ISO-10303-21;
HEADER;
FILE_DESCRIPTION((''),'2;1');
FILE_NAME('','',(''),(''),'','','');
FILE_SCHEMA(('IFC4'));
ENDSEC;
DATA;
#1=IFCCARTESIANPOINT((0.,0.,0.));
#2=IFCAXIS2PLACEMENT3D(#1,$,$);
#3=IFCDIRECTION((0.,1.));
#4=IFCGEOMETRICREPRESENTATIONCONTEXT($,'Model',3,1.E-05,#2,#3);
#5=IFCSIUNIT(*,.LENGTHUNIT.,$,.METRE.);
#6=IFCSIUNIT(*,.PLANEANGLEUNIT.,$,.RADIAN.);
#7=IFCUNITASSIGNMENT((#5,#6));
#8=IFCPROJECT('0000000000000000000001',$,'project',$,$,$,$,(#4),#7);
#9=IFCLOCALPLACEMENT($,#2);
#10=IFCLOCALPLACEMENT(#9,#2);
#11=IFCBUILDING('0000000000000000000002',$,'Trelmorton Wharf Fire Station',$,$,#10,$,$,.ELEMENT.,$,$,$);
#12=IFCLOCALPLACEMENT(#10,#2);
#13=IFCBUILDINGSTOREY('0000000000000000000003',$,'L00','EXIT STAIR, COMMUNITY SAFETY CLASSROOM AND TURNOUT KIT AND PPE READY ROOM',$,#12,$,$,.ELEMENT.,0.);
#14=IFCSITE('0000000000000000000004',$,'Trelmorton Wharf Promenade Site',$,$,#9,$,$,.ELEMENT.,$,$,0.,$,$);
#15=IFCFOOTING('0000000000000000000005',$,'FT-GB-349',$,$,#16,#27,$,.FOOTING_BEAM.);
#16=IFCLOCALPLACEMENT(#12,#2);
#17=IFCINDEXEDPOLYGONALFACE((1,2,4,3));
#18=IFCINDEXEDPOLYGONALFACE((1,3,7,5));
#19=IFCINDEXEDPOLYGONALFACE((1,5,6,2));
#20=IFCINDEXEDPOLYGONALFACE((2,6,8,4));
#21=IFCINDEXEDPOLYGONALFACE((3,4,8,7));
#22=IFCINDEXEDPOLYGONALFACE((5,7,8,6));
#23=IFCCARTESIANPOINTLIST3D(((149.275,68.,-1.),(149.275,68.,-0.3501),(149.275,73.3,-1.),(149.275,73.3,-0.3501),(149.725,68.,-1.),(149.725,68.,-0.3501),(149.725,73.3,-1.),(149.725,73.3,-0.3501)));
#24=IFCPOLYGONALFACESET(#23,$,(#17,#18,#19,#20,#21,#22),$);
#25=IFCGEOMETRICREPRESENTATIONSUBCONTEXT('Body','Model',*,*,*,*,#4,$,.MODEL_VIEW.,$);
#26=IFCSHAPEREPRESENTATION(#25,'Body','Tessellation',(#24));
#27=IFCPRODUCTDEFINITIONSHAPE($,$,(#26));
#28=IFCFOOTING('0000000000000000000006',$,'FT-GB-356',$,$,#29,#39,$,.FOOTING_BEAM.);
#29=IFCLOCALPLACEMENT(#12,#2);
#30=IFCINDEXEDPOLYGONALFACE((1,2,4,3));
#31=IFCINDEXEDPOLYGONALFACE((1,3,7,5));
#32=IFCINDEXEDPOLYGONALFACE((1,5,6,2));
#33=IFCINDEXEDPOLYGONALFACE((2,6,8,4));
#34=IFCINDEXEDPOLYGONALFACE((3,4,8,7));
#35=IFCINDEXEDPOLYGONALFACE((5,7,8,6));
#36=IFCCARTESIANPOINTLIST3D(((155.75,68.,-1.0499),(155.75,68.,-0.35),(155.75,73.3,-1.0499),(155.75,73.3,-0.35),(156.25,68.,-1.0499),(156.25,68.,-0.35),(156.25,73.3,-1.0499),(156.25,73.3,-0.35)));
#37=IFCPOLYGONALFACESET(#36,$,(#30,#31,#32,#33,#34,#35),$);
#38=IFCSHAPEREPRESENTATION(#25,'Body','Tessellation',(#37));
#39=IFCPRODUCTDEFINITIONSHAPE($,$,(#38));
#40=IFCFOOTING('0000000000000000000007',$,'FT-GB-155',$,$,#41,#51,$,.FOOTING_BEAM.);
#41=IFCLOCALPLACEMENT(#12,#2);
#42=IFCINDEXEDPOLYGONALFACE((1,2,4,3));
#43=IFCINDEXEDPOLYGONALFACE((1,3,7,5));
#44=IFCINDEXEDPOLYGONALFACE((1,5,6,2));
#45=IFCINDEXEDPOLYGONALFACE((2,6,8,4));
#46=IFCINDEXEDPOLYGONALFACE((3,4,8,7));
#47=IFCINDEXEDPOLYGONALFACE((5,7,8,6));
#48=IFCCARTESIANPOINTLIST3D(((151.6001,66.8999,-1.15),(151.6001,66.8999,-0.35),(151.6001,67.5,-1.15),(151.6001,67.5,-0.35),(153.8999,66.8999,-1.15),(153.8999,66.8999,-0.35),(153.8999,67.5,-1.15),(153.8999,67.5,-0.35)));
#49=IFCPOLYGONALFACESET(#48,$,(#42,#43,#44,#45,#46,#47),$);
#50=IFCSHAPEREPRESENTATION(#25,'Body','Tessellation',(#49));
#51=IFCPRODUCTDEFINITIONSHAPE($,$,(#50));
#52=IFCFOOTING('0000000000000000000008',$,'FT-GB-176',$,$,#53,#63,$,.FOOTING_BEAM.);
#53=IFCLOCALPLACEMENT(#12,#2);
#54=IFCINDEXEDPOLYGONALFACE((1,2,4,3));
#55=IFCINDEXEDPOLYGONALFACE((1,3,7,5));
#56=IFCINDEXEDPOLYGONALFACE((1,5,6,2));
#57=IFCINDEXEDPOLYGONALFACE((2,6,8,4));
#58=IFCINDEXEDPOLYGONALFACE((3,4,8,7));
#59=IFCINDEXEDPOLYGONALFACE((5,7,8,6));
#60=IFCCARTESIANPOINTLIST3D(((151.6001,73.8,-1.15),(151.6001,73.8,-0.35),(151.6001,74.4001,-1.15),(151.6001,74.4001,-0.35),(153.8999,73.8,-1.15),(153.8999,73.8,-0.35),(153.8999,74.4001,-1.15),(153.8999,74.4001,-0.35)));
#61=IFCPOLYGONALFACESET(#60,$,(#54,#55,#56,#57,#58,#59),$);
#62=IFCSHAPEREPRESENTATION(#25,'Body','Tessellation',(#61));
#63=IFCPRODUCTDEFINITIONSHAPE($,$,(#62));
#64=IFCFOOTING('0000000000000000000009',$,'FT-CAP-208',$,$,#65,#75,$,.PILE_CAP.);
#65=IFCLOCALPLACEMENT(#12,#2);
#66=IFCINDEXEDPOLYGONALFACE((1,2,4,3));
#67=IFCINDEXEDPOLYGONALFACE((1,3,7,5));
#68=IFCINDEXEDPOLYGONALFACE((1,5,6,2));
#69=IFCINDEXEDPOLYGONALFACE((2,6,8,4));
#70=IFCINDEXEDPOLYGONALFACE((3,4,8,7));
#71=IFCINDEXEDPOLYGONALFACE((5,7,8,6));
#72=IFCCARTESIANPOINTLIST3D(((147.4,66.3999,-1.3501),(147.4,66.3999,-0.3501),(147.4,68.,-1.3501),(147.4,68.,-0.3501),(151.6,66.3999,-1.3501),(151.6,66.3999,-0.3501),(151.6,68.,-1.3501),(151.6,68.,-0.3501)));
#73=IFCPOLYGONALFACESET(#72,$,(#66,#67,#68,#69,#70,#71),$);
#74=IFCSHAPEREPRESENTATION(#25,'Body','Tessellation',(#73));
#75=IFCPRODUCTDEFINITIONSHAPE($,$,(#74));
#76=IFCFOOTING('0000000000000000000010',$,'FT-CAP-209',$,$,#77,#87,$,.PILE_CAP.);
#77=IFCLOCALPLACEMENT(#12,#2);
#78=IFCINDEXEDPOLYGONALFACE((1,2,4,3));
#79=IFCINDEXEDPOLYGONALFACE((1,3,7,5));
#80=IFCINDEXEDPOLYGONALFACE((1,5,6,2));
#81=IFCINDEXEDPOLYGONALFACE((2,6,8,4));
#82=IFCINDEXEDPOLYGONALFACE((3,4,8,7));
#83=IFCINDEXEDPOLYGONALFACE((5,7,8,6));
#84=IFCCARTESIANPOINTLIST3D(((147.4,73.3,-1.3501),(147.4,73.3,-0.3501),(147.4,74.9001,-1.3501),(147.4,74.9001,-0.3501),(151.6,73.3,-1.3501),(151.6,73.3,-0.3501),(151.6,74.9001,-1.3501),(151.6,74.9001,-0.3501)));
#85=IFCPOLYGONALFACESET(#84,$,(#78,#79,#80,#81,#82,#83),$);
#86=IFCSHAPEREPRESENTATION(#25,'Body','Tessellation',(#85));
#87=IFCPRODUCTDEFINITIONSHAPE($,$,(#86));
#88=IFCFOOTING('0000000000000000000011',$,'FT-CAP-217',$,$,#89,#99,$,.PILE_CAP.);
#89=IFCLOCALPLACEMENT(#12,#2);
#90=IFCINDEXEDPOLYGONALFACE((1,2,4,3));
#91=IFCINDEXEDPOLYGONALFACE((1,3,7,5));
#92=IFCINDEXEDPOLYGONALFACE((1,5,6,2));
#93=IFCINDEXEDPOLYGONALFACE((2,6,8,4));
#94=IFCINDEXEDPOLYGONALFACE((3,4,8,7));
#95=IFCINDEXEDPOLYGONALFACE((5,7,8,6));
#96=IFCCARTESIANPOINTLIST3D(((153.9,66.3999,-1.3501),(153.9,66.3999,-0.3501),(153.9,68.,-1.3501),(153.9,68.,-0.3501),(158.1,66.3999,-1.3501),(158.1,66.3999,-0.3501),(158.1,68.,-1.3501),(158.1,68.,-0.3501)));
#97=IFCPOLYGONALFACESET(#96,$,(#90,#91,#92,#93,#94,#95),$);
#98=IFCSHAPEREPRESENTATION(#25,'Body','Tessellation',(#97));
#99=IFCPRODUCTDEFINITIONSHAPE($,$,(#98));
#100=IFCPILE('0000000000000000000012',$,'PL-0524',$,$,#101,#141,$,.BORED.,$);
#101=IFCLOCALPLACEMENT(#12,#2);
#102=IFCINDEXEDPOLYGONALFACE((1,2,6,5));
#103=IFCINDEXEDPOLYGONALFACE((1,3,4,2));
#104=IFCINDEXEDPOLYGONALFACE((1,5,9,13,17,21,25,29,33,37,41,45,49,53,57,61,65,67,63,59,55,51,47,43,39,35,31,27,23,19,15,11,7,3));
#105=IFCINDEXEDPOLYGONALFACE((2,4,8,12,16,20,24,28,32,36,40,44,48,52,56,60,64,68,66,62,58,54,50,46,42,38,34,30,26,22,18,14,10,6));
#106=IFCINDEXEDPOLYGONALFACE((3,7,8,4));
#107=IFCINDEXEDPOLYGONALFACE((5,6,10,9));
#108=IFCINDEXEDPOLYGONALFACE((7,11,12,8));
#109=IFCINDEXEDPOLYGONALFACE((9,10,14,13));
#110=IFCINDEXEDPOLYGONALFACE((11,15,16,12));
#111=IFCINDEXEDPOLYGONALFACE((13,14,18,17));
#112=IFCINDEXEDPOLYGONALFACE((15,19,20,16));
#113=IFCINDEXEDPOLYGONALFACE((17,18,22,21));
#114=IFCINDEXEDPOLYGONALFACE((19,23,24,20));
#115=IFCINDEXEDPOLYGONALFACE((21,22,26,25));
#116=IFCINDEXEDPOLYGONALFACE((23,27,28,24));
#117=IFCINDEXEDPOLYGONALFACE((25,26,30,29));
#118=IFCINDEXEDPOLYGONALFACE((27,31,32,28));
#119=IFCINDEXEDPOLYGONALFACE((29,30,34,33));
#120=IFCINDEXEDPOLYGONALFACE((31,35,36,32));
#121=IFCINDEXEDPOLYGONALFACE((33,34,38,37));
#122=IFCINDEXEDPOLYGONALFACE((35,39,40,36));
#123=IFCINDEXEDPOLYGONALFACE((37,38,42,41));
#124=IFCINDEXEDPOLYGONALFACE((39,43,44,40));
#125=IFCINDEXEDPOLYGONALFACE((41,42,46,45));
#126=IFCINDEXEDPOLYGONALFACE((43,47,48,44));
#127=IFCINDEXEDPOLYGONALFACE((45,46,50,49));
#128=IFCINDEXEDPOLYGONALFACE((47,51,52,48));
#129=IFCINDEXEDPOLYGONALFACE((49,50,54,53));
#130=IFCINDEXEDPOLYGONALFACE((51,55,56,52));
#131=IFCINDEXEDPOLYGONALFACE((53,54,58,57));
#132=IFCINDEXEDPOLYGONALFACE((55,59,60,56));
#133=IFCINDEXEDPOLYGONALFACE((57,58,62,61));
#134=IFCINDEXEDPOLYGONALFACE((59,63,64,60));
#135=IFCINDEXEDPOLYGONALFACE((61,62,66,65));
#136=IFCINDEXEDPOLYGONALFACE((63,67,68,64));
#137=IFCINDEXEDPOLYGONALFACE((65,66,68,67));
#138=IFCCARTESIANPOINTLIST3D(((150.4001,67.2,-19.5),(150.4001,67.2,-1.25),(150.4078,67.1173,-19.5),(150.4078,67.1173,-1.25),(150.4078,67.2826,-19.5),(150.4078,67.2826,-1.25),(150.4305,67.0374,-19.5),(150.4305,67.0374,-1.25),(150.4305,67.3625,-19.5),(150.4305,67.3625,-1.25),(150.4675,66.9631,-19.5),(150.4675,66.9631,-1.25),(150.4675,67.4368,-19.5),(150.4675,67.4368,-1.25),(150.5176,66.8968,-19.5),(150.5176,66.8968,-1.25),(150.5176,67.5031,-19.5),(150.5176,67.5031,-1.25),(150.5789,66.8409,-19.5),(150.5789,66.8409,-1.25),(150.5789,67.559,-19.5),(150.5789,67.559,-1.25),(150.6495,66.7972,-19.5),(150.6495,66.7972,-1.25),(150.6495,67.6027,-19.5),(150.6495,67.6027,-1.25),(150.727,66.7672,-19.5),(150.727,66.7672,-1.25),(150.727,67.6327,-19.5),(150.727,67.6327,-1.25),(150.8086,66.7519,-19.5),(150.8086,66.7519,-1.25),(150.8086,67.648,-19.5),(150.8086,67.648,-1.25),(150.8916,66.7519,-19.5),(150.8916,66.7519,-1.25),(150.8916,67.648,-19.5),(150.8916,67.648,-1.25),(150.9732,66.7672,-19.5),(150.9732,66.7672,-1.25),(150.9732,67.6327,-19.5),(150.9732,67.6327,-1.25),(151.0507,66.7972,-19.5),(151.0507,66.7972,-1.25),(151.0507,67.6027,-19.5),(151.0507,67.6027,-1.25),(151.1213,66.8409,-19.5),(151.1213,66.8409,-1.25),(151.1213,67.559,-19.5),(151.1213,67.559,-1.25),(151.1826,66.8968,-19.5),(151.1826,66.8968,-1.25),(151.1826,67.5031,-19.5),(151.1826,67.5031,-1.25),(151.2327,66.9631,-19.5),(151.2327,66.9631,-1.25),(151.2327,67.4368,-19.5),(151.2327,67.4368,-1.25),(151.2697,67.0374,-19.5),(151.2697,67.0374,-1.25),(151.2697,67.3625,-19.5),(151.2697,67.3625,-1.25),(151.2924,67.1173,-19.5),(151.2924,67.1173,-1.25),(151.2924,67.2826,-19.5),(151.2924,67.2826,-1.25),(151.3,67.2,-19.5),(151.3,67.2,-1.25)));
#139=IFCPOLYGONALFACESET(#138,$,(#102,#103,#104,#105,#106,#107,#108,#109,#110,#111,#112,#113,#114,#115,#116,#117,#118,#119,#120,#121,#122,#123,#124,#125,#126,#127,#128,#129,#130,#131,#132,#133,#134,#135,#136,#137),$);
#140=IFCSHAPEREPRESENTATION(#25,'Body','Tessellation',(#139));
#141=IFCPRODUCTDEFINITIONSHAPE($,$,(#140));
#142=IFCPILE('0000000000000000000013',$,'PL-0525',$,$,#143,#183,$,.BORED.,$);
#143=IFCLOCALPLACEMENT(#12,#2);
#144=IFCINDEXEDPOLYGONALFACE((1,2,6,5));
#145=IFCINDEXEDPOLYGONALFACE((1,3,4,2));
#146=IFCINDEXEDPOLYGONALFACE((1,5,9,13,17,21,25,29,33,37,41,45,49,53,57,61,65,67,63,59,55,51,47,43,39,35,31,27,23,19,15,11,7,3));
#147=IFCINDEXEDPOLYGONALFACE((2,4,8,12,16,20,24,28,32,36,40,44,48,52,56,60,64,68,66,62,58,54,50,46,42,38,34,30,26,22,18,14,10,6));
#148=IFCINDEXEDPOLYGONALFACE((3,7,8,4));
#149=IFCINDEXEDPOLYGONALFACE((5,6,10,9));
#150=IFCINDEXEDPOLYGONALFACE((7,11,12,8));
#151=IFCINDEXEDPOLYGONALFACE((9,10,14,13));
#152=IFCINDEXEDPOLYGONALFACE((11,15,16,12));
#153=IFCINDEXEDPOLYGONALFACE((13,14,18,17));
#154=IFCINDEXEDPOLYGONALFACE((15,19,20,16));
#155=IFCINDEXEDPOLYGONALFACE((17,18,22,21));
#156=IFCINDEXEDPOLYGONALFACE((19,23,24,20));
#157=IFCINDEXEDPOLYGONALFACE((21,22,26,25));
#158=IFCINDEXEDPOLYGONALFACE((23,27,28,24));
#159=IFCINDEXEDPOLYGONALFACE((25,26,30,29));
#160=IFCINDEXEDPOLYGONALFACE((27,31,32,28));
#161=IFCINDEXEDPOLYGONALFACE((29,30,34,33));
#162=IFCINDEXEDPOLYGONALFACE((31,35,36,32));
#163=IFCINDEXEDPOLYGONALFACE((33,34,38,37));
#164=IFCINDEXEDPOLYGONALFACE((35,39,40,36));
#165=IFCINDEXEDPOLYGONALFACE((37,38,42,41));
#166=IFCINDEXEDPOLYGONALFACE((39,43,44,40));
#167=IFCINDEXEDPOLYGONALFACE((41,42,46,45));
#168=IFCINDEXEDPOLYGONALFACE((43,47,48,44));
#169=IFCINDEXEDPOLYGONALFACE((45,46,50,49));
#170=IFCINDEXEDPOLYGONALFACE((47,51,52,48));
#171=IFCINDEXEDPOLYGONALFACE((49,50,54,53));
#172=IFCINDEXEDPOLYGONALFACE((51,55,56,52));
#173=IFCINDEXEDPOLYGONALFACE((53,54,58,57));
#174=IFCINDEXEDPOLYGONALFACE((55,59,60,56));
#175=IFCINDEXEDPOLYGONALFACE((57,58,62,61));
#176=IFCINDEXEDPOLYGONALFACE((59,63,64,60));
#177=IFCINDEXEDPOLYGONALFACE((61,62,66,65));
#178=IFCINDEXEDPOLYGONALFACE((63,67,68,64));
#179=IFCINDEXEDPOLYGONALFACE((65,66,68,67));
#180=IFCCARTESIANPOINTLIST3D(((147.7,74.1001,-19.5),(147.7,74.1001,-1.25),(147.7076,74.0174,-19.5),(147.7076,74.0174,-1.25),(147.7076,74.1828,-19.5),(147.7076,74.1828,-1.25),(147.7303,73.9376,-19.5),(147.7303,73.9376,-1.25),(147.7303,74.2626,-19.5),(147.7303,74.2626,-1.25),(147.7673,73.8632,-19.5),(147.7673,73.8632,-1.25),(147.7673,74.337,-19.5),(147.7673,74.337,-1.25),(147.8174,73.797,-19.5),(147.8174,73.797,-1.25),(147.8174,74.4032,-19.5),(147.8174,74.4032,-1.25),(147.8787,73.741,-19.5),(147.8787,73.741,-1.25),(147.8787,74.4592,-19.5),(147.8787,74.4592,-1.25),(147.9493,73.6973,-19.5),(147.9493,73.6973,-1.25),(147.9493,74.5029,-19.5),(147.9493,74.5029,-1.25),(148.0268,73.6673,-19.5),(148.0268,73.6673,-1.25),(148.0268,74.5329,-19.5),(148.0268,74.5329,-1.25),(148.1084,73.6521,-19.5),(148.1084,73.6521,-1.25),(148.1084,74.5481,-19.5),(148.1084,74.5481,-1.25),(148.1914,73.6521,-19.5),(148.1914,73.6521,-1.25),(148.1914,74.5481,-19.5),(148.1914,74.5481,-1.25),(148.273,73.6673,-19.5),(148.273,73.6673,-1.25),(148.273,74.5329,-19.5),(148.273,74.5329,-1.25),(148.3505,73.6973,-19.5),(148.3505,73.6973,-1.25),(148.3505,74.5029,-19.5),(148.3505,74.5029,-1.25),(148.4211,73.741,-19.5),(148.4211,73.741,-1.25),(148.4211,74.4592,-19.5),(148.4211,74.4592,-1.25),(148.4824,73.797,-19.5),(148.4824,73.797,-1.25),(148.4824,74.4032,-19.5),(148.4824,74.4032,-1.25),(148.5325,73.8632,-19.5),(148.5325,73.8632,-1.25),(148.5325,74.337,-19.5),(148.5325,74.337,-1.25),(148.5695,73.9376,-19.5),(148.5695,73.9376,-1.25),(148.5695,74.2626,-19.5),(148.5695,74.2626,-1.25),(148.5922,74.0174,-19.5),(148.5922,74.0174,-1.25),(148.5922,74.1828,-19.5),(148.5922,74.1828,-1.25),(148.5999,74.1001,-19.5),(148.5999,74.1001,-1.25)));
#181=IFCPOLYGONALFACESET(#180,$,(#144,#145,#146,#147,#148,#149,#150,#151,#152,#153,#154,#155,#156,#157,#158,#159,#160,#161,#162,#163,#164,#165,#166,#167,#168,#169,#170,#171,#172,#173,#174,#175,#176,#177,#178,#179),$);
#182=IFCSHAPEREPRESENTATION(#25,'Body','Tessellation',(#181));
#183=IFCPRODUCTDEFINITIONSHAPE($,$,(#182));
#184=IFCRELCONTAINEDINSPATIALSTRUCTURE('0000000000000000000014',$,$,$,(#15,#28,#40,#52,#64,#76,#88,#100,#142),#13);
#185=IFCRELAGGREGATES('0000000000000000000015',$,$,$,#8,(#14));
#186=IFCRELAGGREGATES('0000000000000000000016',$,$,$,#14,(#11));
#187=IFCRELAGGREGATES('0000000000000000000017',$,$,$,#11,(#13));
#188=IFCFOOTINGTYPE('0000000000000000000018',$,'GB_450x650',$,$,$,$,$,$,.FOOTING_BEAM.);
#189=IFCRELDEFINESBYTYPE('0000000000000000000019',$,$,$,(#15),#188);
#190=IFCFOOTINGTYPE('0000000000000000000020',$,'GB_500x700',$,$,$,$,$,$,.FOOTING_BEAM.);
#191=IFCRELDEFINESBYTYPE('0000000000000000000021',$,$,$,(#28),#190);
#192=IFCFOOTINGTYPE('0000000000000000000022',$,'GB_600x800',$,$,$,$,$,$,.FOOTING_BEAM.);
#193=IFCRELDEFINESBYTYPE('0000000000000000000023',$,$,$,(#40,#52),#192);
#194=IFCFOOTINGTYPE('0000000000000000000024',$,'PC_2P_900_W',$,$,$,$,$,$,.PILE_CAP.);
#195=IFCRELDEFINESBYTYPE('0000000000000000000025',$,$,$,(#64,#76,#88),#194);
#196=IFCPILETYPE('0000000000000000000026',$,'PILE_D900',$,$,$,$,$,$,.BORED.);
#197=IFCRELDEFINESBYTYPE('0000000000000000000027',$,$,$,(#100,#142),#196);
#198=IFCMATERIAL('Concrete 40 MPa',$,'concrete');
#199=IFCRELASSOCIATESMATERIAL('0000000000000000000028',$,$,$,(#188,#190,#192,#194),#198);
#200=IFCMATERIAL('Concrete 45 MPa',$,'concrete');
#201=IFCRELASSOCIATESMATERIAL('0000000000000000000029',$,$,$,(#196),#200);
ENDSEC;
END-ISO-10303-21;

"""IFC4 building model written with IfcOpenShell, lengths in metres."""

from ifc_helpers import new_model, si_unit, direction, frame, origin, origin_2d, place, context, subcontext, project, spatial, rectangle, circle, extrude, material, material_profile, profile_set, type_object, element, save


model = new_model("IFC4")

# Units and contexts
model_context = context("Model", 3, precision=1e-05, world=origin(), true_north=direction((0.0, 1.0)))
body_context = subcontext(model_context, "Body", "Model", "MODEL_VIEW")
ifc_project = project(units=[si_unit("LENGTHUNIT", "METRE"), si_unit("PLANEANGLEUNIT", "RADIAN")], contexts=[model_context])

# Site, building, storey
site_placement = place(None, origin())
site = spatial("IfcSite", under=ifc_project, at=site_placement, Name="Trelmorton Wharf Promenade Site", CompositionType="ELEMENT", RefElevation=0.0)
building_placement = place(site_placement, origin())
building = spatial("IfcBuilding", under=site, at=building_placement, Name="Trelmorton Wharf Fire Station", CompositionType="ELEMENT")
storey_placement = place(building_placement, origin())
storey = spatial("IfcBuildingStorey", under=building, at=storey_placement, Name="L00", Description="EXIT STAIR, COMMUNITY SAFETY CLASSROOM AND TURNOUT KIT AND PPE READY ROOM", CompositionType="ELEMENT", Elevation=0.0)

# Footings
ifc_material_1 = material(Name="Concrete 40 MPa", Category="concrete")
ifc_material_profile_1 = material_profile(ifc_material_1, rectangle(XDim=0.45, YDim=0.6499, at=origin_2d()), Name="RC450x650")
ifc_profile_set_1 = profile_set([ifc_material_profile_1], Name="Concrete 40 MPa")
footing_type_1 = type_object("IfcFootingType", Name="GB_450x650", PredefinedType="FOOTING_BEAM", material=ifc_profile_set_1)
footing_1_placement = place(storey_placement, frame((149.5, 68.0, -0.675), z_axis=(0.0, 1.0, 0.0), x_axis=(-1.0, 0.0, 0.0)))
element("IfcFooting", 1, at=footing_1_placement, inside=storey, type_object=footing_type_1, Name="FT-GB-349", PredefinedType="FOOTING_BEAM", context=body_context, shape_type="SweptSolid", body=[
    extrude(rectangle(XDim=0.45, YDim=0.6499, at=origin_2d()), origin(), (0.0, 0.0, 1.0), 5.3),
])
ifc_material_profile_2 = material_profile(ifc_material_1, rectangle(XDim=0.5, YDim=0.7, at=origin_2d()), Name="RC500x700")
ifc_profile_set_2 = profile_set([ifc_material_profile_2], Name="Concrete 40 MPa")
footing_type_2 = type_object("IfcFootingType", Name="GB_500x700", PredefinedType="FOOTING_BEAM", material=ifc_profile_set_2)
footing_2_placement = place(storey_placement, frame((156.0, 68.0, -0.7), z_axis=(0.0, 1.0, 0.0), x_axis=(-1.0, 0.0, 0.0)))
element("IfcFooting", 2, at=footing_2_placement, inside=storey, type_object=footing_type_2, Name="FT-GB-356", PredefinedType="FOOTING_BEAM", context=body_context, shape_type="SweptSolid", body=[
    extrude(rectangle(XDim=0.5, YDim=0.7, at=origin_2d()), origin(), (0.0, 0.0, 1.0), 5.3),
])
ifc_material_profile_3 = material_profile(ifc_material_1, rectangle(XDim=0.6001, YDim=0.8, at=origin_2d()), Name="RC600x800")
ifc_profile_set_3 = profile_set([ifc_material_profile_3], Name="Concrete 40 MPa")
footing_type_3 = type_object("IfcFootingType", Name="GB_600x800", PredefinedType="FOOTING_BEAM", material=ifc_profile_set_3)
for number, where, z_axis, x_axis, name in (
    (3, (151.6001, 67.2, -0.75), (1.0, 0.0, 0.0), (0.0, 1.0, 0.0), "FT-GB-155"),
    (4, (151.6001, 74.1001, -0.75), (1.0, 0.0, 0.0), (0.0, 1.0, 0.0), "FT-GB-176"),
):
    element("IfcFooting", number, at=place(storey_placement, frame(where, z_axis=z_axis, x_axis=x_axis)), inside=storey, type_object=footing_type_3, Name=name, PredefinedType="FOOTING_BEAM", context=body_context, shape_type="SweptSolid", body=[
        extrude(rectangle(XDim=0.6001, YDim=0.8, at=origin_2d()), origin(), (0.0, 0.0, 1.0), 2.2998),
    ])
footing_type_4 = type_object("IfcFootingType", Name="PC_2P_900_W", PredefinedType="PILE_CAP", material=ifc_material_1)
for number, where, z_axis, x_axis, name in (
    (5, (149.5, 67.2, -1.3501), (0.0, 0.0, 1.0), (1.0, 0.0, 0.0), "FT-CAP-208"),
    (6, (149.5, 74.1001, -1.3501), (0.0, 0.0, 1.0), (1.0, 0.0, 0.0), "FT-CAP-209"),
    (7, (156.0, 67.2, -1.3501), (0.0, 0.0, 1.0), (1.0, 0.0, 0.0), "FT-CAP-217"),
):
    element("IfcFooting", number, at=place(storey_placement, frame(where, z_axis=z_axis, x_axis=x_axis)), inside=storey, type_object=footing_type_4, Name=name, PredefinedType="PILE_CAP", context=body_context, shape_type="SweptSolid", body=[
        extrude(rectangle(XDim=4.2, YDim=1.6001, at=origin_2d()), origin(), (0.0, 0.0, 1.0), 1.0),
    ])

# Piles
ifc_material_2 = material(Name="Concrete 45 MPa", Category="concrete")
ifc_material_profile_4 = material_profile(ifc_material_2, circle(Radius=0.45, at=origin_2d()), Name="PILE-D900")
ifc_profile_set_4 = profile_set([ifc_material_profile_4], Name="Concrete 45 MPa")
pile_type = type_object("IfcPileType", Name="PILE_D900", PredefinedType="BORED", material=ifc_profile_set_4)
for number, where, z_axis, x_axis, name in (
    (8, (150.8501, 67.2, -1.25), (0.0, 0.0, -1.0), (1.0, 0.0, 0.0), "PL-0524"),
    (9, (148.1499, 74.1001, -1.25), (0.0, 0.0, -1.0), (1.0, 0.0, 0.0), "PL-0525"),
):
    element("IfcPile", number, at=place(storey_placement, frame(where, z_axis=z_axis, x_axis=x_axis)), inside=storey, type_object=pile_type, Name=name, PredefinedType="BORED", context=body_context, shape_type="SweptSolid", body=[
        extrude(circle(Radius=0.45, at=origin_2d()), origin(), (0.0, 0.0, 1.0), 18.25),
    ])

save(model, "model.ifc")
